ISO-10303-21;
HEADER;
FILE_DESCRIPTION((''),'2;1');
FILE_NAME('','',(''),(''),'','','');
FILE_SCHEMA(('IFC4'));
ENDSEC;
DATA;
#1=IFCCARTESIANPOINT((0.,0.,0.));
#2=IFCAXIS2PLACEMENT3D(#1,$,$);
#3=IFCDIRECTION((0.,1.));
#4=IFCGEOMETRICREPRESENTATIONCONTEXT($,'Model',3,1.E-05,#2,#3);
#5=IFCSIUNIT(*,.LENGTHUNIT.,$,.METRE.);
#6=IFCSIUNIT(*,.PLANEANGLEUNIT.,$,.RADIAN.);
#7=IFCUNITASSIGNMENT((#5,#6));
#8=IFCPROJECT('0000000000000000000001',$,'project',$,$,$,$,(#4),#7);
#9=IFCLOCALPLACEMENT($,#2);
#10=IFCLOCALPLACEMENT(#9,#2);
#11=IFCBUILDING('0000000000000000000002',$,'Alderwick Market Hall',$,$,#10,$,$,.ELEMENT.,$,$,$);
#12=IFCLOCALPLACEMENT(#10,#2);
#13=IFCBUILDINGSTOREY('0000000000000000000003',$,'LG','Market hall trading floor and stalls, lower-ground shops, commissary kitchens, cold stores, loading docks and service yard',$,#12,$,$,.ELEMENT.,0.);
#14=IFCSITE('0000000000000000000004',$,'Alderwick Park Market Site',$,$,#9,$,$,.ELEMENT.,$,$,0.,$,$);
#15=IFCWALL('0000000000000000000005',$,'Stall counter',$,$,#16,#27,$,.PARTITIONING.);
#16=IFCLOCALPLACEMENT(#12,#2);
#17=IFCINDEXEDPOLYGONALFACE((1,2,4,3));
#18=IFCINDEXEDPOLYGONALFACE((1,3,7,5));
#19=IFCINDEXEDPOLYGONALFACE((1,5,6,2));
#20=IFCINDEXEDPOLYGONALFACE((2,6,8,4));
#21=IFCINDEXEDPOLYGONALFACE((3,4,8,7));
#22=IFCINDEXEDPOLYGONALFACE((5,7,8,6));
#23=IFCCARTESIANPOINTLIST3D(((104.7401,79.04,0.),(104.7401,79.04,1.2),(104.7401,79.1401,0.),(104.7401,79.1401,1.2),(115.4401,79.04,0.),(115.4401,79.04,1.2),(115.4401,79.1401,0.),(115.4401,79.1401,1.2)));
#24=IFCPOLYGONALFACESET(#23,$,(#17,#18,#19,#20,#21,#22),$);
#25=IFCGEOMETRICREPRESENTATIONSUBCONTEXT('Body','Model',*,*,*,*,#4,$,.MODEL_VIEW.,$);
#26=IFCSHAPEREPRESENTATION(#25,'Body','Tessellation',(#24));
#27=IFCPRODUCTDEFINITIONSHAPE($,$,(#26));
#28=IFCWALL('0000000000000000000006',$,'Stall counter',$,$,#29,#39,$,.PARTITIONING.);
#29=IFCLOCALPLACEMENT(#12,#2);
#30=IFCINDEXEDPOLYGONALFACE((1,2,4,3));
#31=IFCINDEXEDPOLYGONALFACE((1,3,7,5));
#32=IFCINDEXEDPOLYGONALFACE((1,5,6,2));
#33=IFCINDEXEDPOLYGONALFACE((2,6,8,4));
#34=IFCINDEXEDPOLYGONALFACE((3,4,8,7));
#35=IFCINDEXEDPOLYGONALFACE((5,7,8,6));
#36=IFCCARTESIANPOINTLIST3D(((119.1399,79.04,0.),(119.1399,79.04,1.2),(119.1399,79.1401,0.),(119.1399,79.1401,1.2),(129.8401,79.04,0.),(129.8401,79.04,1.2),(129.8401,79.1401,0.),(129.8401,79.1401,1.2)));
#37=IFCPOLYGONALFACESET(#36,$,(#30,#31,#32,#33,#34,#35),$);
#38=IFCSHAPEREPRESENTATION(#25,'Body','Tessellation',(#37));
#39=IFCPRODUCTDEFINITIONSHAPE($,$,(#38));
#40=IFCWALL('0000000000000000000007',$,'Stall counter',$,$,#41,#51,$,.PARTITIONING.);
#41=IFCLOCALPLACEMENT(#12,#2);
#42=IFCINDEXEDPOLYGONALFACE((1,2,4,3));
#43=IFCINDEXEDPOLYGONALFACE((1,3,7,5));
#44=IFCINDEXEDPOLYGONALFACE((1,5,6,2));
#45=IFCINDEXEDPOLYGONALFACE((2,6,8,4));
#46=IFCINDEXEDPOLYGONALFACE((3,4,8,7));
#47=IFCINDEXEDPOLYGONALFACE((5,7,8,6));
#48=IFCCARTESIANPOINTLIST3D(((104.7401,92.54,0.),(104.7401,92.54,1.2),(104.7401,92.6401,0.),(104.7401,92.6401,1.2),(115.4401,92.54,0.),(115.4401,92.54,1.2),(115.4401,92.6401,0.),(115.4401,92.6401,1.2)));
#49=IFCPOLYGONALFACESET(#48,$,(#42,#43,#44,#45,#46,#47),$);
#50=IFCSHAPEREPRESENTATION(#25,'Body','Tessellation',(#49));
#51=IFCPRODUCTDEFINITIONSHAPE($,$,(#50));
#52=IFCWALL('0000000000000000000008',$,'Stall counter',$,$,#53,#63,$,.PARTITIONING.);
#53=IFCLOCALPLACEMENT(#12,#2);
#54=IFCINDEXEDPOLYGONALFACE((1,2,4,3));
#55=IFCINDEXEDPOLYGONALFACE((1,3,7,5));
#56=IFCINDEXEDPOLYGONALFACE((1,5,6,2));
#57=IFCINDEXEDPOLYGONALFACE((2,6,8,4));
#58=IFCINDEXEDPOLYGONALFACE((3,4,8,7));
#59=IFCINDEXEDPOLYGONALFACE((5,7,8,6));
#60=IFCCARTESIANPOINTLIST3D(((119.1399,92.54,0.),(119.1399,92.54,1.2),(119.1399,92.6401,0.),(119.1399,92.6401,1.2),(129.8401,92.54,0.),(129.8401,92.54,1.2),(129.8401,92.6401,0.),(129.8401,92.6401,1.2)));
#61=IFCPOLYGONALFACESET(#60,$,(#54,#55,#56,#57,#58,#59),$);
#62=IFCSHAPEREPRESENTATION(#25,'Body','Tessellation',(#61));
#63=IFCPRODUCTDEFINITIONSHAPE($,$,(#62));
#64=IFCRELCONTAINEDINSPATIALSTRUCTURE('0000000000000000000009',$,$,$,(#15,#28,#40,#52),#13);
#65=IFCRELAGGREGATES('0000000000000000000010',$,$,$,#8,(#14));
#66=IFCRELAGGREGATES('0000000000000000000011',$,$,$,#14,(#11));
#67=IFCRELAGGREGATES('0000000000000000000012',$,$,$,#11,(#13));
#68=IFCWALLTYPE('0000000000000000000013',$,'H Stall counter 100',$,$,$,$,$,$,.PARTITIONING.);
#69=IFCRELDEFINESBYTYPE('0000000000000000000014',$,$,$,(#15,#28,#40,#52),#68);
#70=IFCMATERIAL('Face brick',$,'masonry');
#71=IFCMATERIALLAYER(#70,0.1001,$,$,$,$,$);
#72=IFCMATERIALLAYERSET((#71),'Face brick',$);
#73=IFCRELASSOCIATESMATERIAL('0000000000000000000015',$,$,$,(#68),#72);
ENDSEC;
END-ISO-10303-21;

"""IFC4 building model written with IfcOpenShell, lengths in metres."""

from ifc_helpers import new_model, si_unit, direction, frame, frame_2d, origin, place, context, subcontext, project, spatial, rectangle, extrude, material, layer, layer_set, type_object, element, save


model = new_model("IFC4")

# Units and contexts
model_context = context("Model", 3, precision=1e-05, world=origin(), true_north=direction((0.0, 1.0)))
body_context = subcontext(model_context, "Body", "Model", "MODEL_VIEW")
ifc_project = project(units=[si_unit("LENGTHUNIT", "METRE"), si_unit("PLANEANGLEUNIT", "RADIAN")], contexts=[model_context])

# Site, building, storey
site_placement = place(None, origin())
site = spatial("IfcSite", under=ifc_project, at=site_placement, Name="Alderwick Park Market Site", CompositionType="ELEMENT", RefElevation=0.0)
building_placement = place(site_placement, origin())
building = spatial("IfcBuilding", under=site, at=building_placement, Name="Alderwick Market Hall", CompositionType="ELEMENT")
storey_placement = place(building_placement, origin())
storey = spatial("IfcBuildingStorey", under=building, at=storey_placement, Name="LG", Description="Market hall trading floor and stalls, lower-ground shops, commissary kitchens, cold stores, loading docks and service yard", CompositionType="ELEMENT", Elevation=0.0)

# Walls
ifc_material_1 = material(Name="Face brick", Category="masonry")
ifc_layer_1 = layer(ifc_material_1, 0.1001)
ifc_layer_set_1 = layer_set([ifc_layer_1], Name="Face brick")
wall_type_1 = type_object("IfcWallType", Name="H Stall counter 100", PredefinedType="PARTITIONING", material=ifc_layer_set_1)
wall_1_placement = place(storey_placement, frame((104.74, 79.0901, 0.0), z_axis=(0.0, 0.0, 1.0), x_axis=(1.0, 0.0, 0.0)))
element("IfcWall", 1, at=wall_1_placement, inside=storey, type_object=wall_type_1, Name="Stall counter", PredefinedType="PARTITIONING", context=body_context, shape_type="SweptSolid", body=[
    extrude(rectangle(XDim=10.7, YDim=0.1001, at=frame_2d((5.3501, 0.0))), origin(), (0.0, 0.0, 1.0), 1.2),
])
wall_2_placement = place(storey_placement, frame((119.1399, 79.0901, 0.0), z_axis=(0.0, 0.0, 1.0), x_axis=(1.0, 0.0, 0.0)))
element("IfcWall", 2, at=wall_2_placement, inside=storey, type_object=wall_type_1, Name="Stall counter", PredefinedType="PARTITIONING", context=body_context, shape_type="SweptSolid", body=[
    extrude(rectangle(XDim=10.7002, YDim=0.1001, at=frame_2d((5.3501, 0.0))), origin(), (0.0, 0.0, 1.0), 1.2),
])
wall_3_placement = place(storey_placement, frame((104.74, 92.5901, 0.0), z_axis=(0.0, 0.0, 1.0), x_axis=(1.0, 0.0, 0.0)))
element("IfcWall", 3, at=wall_3_placement, inside=storey, type_object=wall_type_1, Name="Stall counter", PredefinedType="PARTITIONING", context=body_context, shape_type="SweptSolid", body=[
    extrude(rectangle(XDim=10.7, YDim=0.1001, at=frame_2d((5.3501, 0.0))), origin(), (0.0, 0.0, 1.0), 1.2),
])
wall_4_placement = place(storey_placement, frame((119.1399, 92.5901, 0.0), z_axis=(0.0, 0.0, 1.0), x_axis=(1.0, 0.0, 0.0)))
element("IfcWall", 4, at=wall_4_placement, inside=storey, type_object=wall_type_1, Name="Stall counter", PredefinedType="PARTITIONING", context=body_context, shape_type="SweptSolid", body=[
    extrude(rectangle(XDim=10.7002, YDim=0.1001, at=frame_2d((5.3501, 0.0))), origin(), (0.0, 0.0, 1.0), 1.2),
])

save(model, "model.ifc")
